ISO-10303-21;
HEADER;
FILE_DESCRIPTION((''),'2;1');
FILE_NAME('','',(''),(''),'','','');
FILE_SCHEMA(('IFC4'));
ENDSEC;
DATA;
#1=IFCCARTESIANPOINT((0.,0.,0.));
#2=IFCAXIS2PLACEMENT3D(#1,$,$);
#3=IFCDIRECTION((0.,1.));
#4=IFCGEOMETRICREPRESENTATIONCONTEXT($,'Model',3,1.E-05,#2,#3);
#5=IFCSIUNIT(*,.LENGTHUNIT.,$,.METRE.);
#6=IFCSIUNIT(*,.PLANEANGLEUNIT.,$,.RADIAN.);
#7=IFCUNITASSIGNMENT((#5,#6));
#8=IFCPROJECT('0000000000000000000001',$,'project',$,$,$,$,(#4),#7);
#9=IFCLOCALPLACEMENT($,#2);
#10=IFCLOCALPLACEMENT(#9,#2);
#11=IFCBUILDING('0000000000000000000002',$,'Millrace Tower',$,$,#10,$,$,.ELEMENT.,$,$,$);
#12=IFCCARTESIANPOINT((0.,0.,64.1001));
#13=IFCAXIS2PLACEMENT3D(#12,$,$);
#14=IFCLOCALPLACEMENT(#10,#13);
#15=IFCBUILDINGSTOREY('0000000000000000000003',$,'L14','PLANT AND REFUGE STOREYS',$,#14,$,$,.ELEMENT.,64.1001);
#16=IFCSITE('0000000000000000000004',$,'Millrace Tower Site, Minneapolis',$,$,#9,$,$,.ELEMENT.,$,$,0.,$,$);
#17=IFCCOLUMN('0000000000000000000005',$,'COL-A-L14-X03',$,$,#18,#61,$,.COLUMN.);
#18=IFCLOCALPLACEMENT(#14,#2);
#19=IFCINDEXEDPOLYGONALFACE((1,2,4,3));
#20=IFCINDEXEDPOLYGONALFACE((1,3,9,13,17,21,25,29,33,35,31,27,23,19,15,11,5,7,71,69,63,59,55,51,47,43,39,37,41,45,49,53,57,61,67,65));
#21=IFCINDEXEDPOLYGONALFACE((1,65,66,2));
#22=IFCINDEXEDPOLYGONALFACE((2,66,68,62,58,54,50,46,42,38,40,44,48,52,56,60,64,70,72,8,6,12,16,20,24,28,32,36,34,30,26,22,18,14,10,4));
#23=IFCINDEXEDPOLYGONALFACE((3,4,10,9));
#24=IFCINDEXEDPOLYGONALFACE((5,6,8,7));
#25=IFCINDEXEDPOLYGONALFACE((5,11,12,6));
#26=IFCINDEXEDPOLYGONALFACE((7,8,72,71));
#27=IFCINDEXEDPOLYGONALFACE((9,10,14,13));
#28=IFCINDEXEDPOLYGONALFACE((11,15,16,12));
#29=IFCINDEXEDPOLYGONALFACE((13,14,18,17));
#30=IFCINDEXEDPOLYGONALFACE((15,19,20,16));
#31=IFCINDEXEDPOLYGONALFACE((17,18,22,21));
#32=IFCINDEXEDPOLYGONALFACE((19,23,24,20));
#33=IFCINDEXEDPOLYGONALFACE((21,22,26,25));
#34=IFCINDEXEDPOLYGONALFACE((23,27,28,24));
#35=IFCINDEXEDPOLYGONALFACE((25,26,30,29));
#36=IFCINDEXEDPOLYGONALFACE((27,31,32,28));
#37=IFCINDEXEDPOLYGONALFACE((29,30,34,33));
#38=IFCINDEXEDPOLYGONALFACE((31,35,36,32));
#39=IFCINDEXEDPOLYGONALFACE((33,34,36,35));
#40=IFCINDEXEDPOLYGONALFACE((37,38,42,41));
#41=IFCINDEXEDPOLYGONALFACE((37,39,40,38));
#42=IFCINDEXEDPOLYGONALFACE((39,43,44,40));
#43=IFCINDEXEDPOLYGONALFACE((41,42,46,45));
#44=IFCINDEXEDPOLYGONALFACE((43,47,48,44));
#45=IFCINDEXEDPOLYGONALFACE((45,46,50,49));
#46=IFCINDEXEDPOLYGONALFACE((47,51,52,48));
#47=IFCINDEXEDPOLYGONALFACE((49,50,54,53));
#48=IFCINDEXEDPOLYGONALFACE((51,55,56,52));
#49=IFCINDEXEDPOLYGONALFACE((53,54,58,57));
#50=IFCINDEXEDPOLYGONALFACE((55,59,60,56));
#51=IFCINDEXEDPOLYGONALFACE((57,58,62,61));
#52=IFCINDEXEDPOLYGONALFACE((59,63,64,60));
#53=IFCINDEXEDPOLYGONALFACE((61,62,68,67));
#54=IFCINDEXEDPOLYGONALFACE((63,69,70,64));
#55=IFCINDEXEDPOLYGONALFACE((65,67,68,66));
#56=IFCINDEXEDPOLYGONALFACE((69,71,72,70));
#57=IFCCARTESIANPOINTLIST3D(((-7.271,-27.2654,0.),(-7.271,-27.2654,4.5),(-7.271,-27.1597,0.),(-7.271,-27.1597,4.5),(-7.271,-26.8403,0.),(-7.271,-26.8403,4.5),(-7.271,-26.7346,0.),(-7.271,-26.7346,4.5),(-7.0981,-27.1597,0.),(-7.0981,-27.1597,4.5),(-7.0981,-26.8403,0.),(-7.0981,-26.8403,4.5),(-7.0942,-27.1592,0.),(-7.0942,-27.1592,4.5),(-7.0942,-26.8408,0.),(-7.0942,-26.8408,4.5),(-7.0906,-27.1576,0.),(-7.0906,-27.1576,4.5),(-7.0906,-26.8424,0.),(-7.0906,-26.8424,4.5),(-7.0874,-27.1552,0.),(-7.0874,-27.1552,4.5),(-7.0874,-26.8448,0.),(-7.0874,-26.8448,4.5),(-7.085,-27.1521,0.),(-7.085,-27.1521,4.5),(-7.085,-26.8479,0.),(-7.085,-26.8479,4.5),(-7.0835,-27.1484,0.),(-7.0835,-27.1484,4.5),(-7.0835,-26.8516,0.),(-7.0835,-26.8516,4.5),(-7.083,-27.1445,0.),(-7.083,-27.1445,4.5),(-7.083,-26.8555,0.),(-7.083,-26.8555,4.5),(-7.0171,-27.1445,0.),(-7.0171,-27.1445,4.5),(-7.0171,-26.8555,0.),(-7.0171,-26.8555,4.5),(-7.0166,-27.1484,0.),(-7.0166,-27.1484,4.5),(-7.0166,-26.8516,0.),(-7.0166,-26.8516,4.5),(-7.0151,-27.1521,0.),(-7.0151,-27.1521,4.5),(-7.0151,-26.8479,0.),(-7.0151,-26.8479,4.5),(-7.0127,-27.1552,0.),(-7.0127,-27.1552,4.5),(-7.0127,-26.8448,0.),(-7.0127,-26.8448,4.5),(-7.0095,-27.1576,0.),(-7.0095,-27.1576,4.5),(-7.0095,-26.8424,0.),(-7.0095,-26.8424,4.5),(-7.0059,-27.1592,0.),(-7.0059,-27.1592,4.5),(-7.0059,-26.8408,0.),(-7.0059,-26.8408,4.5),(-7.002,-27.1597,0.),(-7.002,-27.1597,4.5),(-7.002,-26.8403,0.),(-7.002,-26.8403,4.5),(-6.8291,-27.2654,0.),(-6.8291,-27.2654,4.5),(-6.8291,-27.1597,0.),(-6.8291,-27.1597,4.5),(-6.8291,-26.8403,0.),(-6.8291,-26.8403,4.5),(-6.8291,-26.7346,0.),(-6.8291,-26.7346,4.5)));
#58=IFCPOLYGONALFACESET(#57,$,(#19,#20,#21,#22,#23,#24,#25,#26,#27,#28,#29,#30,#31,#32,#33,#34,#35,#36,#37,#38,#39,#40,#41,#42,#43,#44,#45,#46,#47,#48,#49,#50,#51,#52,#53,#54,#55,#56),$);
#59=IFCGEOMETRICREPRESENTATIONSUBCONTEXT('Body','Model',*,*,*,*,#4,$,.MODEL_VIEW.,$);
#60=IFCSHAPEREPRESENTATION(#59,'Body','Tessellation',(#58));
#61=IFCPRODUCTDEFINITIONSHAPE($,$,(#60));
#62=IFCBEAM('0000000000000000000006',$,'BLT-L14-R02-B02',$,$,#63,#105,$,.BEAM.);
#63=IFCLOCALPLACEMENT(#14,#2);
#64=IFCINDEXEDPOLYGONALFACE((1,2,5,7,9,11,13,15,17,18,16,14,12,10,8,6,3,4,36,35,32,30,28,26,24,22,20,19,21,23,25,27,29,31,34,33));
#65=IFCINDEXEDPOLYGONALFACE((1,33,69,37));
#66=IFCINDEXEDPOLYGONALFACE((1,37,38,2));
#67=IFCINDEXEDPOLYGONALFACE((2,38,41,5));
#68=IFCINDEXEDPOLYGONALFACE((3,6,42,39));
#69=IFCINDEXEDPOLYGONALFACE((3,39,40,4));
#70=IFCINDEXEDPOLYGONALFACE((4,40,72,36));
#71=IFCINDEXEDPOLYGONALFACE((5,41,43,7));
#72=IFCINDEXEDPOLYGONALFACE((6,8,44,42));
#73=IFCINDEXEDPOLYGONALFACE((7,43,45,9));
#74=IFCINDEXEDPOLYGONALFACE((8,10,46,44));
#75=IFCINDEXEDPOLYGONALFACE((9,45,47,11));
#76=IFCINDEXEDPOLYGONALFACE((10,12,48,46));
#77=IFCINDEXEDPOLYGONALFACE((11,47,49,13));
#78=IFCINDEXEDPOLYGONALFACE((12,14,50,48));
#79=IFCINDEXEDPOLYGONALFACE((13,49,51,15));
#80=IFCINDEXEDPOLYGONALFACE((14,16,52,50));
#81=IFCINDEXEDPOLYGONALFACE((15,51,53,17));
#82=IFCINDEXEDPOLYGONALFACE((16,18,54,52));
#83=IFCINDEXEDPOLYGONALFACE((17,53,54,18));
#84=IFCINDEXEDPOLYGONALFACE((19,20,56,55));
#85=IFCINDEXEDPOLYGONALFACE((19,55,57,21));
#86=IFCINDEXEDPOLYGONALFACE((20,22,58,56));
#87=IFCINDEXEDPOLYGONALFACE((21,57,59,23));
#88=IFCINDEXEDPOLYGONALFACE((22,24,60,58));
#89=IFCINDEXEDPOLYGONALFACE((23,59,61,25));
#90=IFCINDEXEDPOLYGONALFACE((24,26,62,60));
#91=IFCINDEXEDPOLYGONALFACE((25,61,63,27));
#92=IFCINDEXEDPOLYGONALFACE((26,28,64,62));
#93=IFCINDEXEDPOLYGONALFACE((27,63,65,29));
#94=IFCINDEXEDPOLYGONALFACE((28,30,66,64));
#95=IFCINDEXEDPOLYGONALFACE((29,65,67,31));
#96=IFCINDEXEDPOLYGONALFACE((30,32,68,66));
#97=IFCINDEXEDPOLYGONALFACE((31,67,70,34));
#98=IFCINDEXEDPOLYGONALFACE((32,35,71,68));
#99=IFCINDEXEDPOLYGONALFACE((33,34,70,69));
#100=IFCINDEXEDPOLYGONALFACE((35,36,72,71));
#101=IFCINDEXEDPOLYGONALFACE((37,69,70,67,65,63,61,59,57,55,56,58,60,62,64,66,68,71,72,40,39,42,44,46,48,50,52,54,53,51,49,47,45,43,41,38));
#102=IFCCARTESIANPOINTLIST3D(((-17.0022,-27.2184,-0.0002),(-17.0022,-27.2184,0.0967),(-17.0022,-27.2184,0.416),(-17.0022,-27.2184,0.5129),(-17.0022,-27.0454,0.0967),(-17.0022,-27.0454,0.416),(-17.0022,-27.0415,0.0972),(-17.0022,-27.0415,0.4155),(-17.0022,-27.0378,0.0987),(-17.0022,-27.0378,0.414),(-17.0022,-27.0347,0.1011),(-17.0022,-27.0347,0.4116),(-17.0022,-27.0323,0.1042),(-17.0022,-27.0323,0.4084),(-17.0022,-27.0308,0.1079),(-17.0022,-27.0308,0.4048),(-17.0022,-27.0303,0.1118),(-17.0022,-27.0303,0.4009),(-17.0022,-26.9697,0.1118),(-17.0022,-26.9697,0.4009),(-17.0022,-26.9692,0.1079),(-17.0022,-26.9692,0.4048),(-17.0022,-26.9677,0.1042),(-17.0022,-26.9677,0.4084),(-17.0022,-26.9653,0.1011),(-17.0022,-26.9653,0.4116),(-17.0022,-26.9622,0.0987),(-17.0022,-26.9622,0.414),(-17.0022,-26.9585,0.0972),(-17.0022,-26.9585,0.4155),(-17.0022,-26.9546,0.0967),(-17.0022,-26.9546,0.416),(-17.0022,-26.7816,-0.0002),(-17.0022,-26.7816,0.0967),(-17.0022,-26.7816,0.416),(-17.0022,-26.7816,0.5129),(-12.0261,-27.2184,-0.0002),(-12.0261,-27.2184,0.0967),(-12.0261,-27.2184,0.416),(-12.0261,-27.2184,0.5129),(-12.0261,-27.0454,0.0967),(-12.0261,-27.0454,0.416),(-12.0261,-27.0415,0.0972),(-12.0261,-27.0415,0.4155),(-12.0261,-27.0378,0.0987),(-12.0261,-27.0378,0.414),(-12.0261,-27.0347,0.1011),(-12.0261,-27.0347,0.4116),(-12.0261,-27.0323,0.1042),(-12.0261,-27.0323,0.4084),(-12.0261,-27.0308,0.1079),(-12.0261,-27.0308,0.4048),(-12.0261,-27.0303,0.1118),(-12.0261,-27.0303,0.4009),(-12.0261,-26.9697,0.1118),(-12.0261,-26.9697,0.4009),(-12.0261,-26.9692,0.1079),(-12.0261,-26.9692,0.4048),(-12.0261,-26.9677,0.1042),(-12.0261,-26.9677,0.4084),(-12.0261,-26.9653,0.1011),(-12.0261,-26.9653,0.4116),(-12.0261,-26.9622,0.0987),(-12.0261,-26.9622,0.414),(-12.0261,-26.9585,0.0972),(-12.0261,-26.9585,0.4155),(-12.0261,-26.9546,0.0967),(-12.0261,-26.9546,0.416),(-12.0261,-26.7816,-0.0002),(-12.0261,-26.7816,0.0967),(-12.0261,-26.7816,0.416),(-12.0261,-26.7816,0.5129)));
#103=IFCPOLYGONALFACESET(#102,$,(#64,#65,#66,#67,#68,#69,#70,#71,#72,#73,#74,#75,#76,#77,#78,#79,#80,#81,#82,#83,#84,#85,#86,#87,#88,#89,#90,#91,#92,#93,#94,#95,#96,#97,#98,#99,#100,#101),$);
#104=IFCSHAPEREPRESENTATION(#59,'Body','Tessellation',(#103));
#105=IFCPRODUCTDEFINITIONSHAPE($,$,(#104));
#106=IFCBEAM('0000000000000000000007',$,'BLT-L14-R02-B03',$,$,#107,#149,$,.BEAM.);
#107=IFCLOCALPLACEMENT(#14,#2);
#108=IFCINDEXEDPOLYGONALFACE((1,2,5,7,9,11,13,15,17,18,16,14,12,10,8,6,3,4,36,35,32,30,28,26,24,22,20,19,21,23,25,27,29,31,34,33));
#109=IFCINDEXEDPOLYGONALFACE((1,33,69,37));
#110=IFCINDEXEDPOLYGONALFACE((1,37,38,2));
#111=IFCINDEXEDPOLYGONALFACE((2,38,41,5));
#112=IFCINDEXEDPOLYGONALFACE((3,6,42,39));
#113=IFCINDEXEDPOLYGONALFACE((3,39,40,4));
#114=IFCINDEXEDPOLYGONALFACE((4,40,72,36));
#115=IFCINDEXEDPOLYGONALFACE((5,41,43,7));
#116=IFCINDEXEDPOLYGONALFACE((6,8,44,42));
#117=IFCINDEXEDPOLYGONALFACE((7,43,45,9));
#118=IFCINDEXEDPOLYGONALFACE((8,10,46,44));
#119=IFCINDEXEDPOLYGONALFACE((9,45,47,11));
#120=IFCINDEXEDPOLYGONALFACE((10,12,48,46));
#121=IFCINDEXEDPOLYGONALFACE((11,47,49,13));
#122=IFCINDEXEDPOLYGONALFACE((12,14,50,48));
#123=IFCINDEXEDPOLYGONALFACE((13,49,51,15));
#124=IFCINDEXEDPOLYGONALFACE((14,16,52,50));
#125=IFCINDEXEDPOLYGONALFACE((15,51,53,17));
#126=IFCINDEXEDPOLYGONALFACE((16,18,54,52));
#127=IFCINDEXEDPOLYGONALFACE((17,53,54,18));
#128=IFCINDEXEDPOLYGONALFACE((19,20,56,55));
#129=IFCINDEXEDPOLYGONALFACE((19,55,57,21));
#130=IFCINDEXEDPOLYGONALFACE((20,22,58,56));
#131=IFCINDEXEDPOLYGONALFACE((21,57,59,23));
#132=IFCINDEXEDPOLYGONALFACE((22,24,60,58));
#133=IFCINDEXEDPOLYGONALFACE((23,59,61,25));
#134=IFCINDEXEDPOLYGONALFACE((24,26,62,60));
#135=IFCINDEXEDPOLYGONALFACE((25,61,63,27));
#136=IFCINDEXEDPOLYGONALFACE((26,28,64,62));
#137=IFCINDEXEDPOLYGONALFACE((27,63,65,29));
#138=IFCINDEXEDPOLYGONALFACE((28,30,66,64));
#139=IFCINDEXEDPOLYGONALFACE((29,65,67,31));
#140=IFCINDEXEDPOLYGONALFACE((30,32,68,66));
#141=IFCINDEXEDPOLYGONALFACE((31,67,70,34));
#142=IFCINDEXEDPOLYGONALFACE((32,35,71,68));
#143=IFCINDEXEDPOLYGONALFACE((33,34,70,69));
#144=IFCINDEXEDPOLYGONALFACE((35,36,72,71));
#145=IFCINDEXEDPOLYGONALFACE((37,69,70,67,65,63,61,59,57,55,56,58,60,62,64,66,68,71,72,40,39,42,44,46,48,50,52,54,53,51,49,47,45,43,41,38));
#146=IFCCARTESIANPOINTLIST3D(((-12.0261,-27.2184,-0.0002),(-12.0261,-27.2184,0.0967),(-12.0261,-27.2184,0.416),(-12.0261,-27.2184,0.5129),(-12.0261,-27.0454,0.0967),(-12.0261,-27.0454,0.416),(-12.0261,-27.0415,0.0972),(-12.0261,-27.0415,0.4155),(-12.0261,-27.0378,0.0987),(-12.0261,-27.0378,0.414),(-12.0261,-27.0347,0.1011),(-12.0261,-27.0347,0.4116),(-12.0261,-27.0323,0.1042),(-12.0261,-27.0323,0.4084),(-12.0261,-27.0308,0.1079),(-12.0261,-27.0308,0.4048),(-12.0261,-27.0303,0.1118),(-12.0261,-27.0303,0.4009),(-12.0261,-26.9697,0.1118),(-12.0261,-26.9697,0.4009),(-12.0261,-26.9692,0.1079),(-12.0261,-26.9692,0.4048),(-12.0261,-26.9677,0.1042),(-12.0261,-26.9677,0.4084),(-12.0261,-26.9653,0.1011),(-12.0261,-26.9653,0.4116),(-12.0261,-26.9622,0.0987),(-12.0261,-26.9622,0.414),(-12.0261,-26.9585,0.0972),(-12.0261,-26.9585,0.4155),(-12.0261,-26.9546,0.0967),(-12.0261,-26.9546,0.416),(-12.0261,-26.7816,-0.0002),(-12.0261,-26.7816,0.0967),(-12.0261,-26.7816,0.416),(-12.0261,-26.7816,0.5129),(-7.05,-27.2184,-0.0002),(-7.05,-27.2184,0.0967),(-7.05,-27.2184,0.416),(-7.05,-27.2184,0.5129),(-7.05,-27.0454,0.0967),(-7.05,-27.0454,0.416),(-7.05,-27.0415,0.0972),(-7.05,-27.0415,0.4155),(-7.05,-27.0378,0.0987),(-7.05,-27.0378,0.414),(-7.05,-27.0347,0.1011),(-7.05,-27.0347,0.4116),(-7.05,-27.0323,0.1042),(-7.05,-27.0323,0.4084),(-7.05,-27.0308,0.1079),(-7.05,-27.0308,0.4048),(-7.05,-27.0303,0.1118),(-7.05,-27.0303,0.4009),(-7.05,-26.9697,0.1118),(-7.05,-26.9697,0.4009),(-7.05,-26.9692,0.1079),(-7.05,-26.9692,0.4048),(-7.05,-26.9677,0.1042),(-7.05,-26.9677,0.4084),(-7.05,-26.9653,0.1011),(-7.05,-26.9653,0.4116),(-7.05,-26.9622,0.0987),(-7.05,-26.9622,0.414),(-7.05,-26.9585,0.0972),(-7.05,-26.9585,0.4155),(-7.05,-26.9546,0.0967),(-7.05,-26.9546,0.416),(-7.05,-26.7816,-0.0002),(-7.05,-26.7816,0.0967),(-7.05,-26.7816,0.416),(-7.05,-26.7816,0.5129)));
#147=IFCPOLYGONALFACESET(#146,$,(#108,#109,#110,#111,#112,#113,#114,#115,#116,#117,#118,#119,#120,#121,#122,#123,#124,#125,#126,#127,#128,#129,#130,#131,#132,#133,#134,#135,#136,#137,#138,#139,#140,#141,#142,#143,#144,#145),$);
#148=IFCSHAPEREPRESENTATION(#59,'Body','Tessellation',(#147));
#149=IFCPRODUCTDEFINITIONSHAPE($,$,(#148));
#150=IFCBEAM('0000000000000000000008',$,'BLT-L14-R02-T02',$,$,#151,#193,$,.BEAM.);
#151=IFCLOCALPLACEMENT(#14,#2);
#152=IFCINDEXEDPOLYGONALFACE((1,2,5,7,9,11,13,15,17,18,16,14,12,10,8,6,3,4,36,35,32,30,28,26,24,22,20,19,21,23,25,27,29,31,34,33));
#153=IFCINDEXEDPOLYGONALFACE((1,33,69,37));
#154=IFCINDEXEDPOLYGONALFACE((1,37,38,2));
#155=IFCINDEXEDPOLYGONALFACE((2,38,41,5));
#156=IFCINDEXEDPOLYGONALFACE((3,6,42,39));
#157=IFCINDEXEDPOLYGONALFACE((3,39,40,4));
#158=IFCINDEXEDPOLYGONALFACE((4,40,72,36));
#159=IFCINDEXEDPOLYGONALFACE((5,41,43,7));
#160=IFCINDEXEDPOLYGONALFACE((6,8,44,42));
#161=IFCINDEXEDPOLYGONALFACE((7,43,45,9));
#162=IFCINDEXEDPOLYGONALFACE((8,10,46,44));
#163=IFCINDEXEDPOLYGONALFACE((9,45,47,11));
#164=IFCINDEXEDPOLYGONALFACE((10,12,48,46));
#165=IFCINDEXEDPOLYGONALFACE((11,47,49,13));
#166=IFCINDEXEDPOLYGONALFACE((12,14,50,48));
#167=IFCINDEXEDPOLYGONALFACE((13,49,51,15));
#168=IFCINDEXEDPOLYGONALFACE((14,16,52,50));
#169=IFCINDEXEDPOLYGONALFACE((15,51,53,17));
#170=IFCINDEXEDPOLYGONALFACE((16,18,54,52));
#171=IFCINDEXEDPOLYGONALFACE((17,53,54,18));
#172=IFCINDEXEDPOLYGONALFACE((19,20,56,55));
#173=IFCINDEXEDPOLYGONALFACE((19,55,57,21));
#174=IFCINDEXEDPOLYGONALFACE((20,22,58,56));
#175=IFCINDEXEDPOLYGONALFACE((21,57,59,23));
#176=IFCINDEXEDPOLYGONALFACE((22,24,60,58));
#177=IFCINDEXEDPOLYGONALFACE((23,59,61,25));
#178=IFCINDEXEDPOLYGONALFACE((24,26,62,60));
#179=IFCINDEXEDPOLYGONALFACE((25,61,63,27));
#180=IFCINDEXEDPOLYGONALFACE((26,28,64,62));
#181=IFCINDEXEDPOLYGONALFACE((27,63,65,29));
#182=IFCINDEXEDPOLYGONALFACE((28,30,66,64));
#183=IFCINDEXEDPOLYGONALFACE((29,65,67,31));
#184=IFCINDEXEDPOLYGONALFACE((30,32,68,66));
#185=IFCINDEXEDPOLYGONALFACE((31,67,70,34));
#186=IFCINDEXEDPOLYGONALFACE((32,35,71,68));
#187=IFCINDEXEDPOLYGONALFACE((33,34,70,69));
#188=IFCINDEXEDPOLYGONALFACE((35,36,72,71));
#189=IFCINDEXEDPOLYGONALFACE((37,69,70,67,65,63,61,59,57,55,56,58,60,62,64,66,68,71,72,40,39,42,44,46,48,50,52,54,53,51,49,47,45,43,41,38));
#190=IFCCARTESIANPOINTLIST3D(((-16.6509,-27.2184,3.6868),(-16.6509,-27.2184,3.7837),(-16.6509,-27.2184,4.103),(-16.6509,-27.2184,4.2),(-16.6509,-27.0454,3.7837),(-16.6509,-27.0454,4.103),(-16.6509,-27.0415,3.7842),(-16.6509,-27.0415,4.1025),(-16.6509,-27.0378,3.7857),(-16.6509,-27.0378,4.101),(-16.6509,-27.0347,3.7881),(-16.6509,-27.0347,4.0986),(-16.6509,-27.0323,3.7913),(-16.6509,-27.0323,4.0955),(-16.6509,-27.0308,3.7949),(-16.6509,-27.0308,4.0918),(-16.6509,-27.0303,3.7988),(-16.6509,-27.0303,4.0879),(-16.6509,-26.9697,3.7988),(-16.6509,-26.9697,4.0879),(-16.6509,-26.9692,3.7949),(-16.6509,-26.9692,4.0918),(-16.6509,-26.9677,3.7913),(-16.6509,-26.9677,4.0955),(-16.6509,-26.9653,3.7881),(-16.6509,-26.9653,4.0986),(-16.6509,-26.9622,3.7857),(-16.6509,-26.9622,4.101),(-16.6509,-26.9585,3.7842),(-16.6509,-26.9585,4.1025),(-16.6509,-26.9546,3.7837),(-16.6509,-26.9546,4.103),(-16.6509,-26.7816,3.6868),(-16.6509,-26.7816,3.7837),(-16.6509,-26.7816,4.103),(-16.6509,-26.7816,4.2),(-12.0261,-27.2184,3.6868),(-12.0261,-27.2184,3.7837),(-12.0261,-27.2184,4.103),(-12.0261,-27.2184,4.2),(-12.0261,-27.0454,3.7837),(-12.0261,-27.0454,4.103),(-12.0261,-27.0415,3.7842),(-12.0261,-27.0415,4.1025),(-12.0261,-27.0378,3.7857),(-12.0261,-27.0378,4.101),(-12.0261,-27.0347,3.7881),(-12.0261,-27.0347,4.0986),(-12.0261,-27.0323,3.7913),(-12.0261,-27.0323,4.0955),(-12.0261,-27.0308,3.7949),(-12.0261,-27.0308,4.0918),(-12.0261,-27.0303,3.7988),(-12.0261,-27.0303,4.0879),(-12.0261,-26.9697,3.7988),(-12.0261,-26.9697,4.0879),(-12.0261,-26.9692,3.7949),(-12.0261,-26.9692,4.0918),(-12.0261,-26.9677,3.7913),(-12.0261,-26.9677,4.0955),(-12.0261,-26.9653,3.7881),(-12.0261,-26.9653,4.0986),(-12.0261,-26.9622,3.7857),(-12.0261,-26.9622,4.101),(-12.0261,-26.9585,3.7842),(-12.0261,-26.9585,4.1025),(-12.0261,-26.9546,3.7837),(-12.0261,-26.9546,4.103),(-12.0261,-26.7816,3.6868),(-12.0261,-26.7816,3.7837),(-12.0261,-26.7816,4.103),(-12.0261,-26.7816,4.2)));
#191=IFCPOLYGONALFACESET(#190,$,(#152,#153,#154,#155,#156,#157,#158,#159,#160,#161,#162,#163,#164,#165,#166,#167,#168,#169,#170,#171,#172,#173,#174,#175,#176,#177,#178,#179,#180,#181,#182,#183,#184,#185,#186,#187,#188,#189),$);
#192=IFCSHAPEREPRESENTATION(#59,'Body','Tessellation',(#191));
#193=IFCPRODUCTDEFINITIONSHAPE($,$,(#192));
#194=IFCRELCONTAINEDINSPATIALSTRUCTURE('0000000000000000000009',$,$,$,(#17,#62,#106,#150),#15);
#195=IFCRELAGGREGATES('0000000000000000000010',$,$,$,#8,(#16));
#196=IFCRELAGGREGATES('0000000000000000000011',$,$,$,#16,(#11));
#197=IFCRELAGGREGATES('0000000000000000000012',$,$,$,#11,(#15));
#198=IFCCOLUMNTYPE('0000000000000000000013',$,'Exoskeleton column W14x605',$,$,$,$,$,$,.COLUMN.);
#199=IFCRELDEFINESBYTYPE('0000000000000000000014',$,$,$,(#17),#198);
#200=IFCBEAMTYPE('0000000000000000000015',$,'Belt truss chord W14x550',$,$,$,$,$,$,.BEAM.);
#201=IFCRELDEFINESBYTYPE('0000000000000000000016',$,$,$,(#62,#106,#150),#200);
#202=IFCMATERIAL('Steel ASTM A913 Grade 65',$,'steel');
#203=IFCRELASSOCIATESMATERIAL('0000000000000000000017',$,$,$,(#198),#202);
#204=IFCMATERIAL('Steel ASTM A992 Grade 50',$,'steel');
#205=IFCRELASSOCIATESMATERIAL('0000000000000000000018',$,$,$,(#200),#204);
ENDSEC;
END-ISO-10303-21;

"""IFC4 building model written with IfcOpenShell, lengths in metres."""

from ifc_helpers import new_model, si_unit, direction, frame, origin, origin_2d, place, context, subcontext, project, spatial, i_section, extrude, material, material_profile, profile_set, type_object, element, save


model = new_model("IFC4")

# Units and contexts
model_context = context("Model", 3, precision=1e-05, world=origin(), true_north=direction((0.0, 1.0)))
body_context = subcontext(model_context, "Body", "Model", "MODEL_VIEW")
ifc_project = project(units=[si_unit("LENGTHUNIT", "METRE"), si_unit("PLANEANGLEUNIT", "RADIAN")], contexts=[model_context])

# Site, building, storey
site_placement = place(None, origin())
site = spatial("IfcSite", under=ifc_project, at=site_placement, Name="Millrace Tower Site, Minneapolis", CompositionType="ELEMENT", RefElevation=0.0)
building_placement = place(site_placement, origin())
building = spatial("IfcBuilding", under=site, at=building_placement, Name="Millrace Tower", CompositionType="ELEMENT")
storey_placement = place(building_placement, frame((0.0, 0.0, 64.1001)))
storey = spatial("IfcBuildingStorey", under=building, at=storey_placement, Name="L14", Description="PLANT AND REFUGE STOREYS", CompositionType="ELEMENT", Elevation=64.1001)

# Column
ifc_material_1 = material(Name="Steel ASTM A913 Grade 65", Category="steel")
ifc_material_profile_1 = material_profile(ifc_material_1, i_section(OverallWidth=0.4419, OverallDepth=0.5308, WebThickness=0.0659, FlangeThickness=0.1057, FilletRadius=0.0151, at=origin_2d()))
ifc_profile_set_1 = profile_set([ifc_material_profile_1], Name="Steel ASTM A913 Grade 65")
column_type = type_object("IfcColumnType", Name="Exoskeleton column W14x605", PredefinedType="COLUMN", material=ifc_profile_set_1)
column_placement = place(storey_placement, frame((-7.05, -27.0, 0.0), z_axis=(0.0, 0.0, 1.0), x_axis=(1.0, 0.0, 0.0)))
element("IfcColumn", 1, at=column_placement, inside=storey, type_object=column_type, Name="COL-A-L14-X03", PredefinedType="COLUMN", context=body_context, shape_type="SweptSolid", body=[
    extrude(i_section(OverallWidth=0.4419, OverallDepth=0.5308, WebThickness=0.0659, FlangeThickness=0.1057, FilletRadius=0.0151, at=origin_2d()), origin(), (0.0, 0.0, 1.0), 4.5),
])

# Beams
ifc_material_2 = material(Name="Steel ASTM A992 Grade 50", Category="steel")
ifc_material_profile_2 = material_profile(ifc_material_2, i_section(OverallWidth=0.4368, OverallDepth=0.5132, WebThickness=0.0605, FlangeThickness=0.0969, FilletRadius=0.0151, at=origin_2d()))
ifc_profile_set_2 = profile_set([ifc_material_profile_2], Name="Steel ASTM A992 Grade 50")
beam_type_1 = type_object("IfcBeamType", Name="Belt truss chord W14x550", PredefinedType="BEAM", material=ifc_profile_set_2)
for number, where, z_axis, x_axis, name in (
    (2, (-17.0022, -27.0, 0.2563), (1.0, 0.0, 0.0), (0.0, 1.0, 0.0), "BLT-L14-R02-B02"),
    (3, (-12.0261, -27.0, 0.2563), (1.0, 0.0, 0.0), (0.0, 1.0, 0.0), "BLT-L14-R02-B03"),
):
    element("IfcBeam", number, at=place(storey_placement, frame(where, z_axis=z_axis, x_axis=x_axis)), inside=storey, type_object=beam_type_1, Name=name, PredefinedType="BEAM", context=body_context, shape_type="SweptSolid", body=[
        extrude(i_section(OverallWidth=0.4368, OverallDepth=0.5132, WebThickness=0.0605, FlangeThickness=0.0969, FilletRadius=0.0151, at=origin_2d()), origin(), (0.0, 0.0, 1.0), 4.9761),
    ])
beam_1_placement = place(storey_placement, frame((-16.6509, -27.0, 3.9434), z_axis=(1.0, 0.0, 0.0), x_axis=(0.0, 1.0, 0.0)))
element("IfcBeam", 4, at=beam_1_placement, inside=storey, type_object=beam_type_1, Name="BLT-L14-R02-T02", PredefinedType="BEAM", context=body_context, shape_type="SweptSolid", body=[
    extrude(i_section(OverallWidth=0.4368, OverallDepth=0.5132, WebThickness=0.0605, FlangeThickness=0.0969, FilletRadius=0.0151, at=origin_2d()), origin(), (0.0, 0.0, 1.0), 4.6248),
])

save(model, "model.ifc")
